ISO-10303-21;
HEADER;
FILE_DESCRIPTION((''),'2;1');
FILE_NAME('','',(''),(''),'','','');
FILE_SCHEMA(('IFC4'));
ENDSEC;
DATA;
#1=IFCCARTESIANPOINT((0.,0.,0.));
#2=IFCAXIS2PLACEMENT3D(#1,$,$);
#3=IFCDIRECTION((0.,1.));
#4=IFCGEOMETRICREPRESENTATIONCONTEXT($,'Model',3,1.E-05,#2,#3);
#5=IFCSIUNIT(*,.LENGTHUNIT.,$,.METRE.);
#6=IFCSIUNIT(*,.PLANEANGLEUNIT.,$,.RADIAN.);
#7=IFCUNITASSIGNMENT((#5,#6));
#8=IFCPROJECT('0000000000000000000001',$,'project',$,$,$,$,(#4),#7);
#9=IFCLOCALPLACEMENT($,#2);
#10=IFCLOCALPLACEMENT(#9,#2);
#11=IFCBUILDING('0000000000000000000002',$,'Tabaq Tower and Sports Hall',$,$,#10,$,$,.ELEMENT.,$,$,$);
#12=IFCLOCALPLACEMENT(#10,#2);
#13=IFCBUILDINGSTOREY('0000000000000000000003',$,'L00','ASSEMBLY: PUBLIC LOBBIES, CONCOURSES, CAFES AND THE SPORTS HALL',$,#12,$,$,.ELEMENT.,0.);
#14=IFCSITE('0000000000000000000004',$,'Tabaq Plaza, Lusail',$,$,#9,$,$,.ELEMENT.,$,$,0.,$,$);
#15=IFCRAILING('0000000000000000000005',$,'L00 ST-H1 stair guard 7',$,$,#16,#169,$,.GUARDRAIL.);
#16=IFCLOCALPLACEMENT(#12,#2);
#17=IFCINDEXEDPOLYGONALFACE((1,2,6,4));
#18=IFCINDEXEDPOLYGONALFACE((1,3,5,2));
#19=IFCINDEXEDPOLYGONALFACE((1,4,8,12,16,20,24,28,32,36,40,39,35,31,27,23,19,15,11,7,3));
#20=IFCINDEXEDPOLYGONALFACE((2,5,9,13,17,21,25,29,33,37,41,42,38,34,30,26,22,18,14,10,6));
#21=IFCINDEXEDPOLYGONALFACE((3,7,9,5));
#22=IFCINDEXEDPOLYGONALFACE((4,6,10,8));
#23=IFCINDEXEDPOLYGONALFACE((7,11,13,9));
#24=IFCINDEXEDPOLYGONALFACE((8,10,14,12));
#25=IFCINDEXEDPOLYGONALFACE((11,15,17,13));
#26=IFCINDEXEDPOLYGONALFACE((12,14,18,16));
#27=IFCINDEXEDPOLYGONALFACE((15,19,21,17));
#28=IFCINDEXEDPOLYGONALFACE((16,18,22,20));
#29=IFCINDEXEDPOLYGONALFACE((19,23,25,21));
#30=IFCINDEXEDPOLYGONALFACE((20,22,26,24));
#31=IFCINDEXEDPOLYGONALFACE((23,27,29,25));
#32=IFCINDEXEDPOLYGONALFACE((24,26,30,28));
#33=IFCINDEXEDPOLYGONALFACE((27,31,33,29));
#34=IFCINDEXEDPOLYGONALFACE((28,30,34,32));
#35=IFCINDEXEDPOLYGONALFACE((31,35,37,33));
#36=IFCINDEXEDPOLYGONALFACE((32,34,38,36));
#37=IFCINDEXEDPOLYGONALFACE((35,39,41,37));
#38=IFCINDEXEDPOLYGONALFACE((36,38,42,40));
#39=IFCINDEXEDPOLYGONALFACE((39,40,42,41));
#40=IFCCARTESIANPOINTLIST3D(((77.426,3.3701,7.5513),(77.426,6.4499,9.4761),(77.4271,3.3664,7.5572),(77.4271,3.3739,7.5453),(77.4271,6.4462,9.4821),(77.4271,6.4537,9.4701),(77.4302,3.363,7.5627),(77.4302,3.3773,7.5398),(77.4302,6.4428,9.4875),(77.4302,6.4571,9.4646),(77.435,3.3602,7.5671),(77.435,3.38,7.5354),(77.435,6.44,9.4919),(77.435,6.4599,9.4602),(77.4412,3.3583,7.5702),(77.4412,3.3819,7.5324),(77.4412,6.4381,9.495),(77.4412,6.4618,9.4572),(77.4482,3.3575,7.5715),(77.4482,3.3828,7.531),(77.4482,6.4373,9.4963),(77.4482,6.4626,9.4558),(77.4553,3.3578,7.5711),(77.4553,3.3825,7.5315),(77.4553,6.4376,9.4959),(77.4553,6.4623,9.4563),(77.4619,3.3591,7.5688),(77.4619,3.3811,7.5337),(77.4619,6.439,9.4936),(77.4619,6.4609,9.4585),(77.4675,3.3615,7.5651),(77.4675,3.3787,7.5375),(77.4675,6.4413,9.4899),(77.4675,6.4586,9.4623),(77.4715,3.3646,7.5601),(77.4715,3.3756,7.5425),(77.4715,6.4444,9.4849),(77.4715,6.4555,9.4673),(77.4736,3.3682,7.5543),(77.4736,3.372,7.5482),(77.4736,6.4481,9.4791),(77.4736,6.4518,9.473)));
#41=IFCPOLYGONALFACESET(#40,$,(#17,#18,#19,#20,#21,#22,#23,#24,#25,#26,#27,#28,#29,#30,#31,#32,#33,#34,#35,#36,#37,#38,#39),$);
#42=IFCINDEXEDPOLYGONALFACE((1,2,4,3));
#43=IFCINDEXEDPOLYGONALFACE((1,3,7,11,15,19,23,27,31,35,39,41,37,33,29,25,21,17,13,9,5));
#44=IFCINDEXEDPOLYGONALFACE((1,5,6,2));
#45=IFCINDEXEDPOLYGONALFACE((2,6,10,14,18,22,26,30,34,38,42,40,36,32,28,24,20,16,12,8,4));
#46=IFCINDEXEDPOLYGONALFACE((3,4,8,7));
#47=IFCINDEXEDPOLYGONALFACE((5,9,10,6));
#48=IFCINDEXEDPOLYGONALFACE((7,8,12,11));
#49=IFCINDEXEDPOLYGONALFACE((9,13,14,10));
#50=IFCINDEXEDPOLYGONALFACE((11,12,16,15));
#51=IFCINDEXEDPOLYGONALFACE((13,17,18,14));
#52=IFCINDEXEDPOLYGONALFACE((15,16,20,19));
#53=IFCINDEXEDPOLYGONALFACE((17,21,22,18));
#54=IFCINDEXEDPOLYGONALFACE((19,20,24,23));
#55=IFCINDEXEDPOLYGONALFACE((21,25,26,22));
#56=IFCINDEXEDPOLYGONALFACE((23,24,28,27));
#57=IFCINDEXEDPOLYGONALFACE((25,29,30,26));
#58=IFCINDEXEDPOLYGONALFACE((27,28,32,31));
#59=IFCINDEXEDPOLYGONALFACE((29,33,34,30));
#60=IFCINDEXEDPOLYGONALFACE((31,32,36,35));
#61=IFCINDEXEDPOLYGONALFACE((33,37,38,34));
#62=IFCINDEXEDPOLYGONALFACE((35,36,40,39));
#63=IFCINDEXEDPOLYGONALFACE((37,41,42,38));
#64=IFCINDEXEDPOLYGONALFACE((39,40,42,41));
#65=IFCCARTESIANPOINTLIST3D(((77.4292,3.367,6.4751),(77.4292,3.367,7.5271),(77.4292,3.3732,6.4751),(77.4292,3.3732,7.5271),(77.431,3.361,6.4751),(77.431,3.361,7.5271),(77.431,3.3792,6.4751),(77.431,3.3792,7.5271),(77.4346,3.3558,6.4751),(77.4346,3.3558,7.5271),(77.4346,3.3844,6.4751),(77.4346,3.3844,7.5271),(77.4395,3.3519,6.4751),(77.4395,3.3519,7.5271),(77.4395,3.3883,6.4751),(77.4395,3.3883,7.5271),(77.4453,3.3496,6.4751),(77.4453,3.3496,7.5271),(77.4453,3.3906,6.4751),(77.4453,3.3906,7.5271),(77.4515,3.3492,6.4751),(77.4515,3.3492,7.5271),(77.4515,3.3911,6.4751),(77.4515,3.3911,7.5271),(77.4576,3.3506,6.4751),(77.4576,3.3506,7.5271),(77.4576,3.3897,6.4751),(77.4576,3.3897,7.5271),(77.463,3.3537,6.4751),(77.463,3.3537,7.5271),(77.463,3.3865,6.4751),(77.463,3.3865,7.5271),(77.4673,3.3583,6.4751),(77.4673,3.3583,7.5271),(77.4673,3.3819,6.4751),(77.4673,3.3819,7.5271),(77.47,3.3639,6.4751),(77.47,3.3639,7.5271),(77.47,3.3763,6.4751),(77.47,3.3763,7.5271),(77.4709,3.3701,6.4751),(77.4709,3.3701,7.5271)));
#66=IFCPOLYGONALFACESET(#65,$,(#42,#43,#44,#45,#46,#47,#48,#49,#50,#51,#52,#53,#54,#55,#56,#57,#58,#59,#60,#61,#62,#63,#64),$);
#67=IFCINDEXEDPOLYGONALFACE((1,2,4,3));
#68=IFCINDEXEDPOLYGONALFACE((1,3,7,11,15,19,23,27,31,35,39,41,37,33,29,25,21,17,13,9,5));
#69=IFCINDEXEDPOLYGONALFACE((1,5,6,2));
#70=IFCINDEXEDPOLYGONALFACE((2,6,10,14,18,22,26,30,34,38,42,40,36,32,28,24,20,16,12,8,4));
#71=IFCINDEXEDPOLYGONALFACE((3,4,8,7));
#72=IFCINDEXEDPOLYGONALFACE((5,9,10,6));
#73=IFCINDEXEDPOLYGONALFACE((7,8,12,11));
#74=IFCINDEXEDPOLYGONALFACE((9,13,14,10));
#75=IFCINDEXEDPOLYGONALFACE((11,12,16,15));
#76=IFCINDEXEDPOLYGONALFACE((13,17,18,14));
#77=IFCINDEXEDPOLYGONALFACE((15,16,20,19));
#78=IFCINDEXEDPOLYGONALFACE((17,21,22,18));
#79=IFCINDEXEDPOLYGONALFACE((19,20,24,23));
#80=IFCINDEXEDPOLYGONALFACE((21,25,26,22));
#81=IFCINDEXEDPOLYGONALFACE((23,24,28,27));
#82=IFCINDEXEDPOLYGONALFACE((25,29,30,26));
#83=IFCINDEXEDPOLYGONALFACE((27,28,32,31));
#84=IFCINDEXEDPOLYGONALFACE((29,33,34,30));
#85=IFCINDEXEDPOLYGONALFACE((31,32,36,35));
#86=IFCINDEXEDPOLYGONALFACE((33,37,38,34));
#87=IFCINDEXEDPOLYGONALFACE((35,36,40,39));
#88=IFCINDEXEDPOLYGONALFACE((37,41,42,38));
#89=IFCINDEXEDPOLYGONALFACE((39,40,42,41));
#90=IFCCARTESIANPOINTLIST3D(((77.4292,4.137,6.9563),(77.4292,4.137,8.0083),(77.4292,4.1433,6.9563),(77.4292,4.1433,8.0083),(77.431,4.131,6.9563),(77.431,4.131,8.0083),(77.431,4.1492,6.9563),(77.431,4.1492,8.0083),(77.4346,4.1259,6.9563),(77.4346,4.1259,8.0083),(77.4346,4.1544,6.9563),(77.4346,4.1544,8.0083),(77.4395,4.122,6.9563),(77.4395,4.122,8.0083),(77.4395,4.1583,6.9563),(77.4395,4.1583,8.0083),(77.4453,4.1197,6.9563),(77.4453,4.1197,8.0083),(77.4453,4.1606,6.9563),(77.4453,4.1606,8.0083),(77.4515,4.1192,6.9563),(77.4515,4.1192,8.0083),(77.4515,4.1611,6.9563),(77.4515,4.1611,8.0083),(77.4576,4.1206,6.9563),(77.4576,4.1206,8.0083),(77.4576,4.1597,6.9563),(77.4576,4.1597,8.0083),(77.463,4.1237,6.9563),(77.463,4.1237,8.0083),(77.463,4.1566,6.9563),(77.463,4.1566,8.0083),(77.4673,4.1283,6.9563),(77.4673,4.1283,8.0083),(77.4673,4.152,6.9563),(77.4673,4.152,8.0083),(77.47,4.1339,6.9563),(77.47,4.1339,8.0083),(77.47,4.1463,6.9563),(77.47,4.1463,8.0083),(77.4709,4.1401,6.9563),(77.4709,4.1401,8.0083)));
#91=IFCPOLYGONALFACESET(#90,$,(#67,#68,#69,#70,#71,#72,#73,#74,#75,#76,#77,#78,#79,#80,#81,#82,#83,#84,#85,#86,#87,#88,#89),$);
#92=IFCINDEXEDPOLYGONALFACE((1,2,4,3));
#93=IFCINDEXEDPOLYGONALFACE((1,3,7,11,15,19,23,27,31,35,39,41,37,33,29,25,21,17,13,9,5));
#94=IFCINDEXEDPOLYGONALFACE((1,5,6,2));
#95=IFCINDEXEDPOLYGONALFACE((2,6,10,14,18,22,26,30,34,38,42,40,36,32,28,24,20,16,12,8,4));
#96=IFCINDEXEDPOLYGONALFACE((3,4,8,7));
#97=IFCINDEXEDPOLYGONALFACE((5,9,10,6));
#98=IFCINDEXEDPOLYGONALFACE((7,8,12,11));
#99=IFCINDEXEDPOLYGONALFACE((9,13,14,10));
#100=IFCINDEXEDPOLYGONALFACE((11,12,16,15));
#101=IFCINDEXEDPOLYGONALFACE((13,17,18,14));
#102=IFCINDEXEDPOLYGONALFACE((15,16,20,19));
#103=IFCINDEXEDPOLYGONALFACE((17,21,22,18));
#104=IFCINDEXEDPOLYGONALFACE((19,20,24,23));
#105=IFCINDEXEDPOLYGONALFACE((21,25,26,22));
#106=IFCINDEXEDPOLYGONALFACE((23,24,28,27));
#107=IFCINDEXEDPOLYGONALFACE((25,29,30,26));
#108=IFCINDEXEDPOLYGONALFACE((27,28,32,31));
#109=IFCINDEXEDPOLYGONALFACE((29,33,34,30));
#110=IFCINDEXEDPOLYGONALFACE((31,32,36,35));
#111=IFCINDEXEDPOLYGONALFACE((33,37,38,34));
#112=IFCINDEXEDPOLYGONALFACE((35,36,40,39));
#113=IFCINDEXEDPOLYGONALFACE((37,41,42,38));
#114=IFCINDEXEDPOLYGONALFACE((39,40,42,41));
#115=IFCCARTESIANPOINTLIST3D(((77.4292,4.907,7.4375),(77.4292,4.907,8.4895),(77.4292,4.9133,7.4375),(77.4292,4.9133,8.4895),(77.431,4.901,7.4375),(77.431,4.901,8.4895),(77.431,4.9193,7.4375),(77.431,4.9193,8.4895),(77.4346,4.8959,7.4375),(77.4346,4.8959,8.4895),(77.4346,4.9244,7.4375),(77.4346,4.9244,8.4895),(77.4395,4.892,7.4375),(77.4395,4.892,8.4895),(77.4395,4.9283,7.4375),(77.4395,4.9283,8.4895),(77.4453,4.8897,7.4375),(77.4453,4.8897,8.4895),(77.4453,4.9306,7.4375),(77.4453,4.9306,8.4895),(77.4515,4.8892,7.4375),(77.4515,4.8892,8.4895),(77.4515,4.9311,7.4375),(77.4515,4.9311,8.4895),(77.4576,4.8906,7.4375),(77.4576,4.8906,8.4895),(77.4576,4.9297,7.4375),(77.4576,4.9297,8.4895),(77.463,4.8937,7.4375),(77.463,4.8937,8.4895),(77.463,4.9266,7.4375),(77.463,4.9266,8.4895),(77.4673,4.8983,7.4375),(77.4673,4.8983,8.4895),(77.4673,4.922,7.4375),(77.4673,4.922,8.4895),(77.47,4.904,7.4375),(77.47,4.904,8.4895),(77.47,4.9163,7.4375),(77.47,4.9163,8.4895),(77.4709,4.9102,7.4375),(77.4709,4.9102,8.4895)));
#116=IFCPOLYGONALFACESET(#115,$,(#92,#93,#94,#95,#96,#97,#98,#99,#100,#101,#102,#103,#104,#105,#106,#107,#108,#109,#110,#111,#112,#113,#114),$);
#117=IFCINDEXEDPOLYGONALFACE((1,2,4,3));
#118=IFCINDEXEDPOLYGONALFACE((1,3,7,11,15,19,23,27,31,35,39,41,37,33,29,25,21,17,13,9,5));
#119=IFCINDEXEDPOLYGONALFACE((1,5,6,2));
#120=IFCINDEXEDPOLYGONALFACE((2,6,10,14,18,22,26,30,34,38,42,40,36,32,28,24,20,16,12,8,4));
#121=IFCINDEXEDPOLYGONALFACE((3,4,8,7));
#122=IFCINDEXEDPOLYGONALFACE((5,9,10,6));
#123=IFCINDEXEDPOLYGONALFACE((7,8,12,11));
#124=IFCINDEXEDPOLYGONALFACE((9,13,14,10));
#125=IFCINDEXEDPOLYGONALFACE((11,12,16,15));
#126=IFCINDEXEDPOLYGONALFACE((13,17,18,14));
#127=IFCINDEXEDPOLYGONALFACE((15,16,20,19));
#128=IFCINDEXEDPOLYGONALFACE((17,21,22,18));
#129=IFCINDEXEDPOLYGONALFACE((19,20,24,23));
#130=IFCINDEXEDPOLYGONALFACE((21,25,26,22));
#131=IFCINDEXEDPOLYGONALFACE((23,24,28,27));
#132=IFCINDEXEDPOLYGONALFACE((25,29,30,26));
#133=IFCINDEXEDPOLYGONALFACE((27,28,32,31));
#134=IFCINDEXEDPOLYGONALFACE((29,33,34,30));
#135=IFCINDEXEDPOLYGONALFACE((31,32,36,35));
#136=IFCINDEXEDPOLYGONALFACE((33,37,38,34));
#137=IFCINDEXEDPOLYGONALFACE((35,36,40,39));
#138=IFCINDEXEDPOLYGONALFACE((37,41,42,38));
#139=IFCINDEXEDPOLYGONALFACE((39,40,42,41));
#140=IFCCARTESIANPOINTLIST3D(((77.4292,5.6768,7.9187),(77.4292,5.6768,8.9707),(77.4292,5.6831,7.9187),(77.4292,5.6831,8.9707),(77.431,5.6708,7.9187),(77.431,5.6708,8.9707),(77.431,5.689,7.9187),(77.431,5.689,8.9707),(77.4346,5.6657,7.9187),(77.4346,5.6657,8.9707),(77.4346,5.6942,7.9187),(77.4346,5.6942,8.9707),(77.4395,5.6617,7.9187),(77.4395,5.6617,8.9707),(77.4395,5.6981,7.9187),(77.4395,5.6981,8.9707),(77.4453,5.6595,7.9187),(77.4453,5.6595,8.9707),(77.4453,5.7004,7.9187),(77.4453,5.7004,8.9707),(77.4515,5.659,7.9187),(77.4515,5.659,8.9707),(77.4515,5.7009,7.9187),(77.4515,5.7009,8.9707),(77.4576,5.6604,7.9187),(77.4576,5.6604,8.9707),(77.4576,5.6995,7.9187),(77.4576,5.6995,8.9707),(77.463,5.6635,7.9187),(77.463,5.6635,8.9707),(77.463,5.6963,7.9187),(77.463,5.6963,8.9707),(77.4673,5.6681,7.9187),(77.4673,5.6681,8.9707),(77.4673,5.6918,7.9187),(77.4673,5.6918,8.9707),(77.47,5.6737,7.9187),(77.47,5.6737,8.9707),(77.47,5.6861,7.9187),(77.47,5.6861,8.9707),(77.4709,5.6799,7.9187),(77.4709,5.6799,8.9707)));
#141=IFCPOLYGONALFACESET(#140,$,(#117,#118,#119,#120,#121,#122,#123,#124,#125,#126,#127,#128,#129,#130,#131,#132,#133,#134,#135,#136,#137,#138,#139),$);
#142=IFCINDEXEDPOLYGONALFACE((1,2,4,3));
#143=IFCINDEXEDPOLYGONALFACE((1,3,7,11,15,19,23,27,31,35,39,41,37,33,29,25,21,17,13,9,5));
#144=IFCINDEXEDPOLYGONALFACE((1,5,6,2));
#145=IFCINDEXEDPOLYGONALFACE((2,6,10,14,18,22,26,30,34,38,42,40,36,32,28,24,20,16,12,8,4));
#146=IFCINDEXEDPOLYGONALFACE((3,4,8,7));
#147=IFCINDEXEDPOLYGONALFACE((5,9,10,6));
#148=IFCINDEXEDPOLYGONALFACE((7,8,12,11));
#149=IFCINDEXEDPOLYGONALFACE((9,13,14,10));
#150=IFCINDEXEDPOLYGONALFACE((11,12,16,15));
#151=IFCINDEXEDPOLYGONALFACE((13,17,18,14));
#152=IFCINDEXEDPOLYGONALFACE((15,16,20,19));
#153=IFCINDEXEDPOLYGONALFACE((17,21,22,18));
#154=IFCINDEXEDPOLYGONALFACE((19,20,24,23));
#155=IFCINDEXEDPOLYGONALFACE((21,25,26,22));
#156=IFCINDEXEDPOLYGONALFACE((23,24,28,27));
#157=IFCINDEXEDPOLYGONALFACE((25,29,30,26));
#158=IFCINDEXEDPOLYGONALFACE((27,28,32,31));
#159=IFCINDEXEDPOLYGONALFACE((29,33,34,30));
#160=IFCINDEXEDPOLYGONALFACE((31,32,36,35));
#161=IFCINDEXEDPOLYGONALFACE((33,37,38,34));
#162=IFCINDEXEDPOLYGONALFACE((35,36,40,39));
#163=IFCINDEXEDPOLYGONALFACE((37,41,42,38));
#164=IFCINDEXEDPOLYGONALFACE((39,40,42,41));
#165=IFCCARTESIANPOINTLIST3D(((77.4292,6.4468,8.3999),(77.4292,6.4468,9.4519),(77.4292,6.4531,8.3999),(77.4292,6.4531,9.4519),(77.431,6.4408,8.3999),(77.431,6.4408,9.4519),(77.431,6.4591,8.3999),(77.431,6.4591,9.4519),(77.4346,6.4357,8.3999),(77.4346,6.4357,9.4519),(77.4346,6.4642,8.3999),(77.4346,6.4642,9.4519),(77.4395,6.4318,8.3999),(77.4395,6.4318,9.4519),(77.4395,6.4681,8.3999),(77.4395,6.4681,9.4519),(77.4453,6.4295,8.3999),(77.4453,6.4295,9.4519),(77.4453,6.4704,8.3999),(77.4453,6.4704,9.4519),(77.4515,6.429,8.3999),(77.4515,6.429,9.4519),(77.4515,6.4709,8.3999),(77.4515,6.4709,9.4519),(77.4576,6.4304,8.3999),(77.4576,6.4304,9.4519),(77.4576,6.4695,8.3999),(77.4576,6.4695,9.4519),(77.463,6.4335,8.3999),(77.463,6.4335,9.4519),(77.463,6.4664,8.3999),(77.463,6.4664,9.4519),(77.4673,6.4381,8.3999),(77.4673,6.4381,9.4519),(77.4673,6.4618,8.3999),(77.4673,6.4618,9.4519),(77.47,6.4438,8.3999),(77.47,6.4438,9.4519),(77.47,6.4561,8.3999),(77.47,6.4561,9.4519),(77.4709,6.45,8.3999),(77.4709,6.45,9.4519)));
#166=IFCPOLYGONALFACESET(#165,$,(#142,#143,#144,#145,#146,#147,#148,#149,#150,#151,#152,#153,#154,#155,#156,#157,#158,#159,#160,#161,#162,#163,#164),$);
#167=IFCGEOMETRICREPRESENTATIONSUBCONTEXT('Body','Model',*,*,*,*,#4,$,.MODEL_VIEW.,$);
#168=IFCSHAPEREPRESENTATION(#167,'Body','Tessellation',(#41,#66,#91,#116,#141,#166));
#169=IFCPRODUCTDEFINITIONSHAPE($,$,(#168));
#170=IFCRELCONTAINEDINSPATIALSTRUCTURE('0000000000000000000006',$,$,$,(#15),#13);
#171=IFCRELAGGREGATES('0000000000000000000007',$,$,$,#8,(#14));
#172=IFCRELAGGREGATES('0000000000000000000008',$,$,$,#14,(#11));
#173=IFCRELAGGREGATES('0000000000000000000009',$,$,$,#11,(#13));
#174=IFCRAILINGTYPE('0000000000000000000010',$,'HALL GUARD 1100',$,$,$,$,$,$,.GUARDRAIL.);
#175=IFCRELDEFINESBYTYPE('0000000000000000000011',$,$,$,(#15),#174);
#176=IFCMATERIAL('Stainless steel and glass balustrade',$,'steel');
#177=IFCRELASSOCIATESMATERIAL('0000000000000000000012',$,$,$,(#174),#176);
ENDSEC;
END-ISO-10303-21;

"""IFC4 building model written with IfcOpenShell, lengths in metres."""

from ifc_helpers import new_model, si_unit, direction, frame, origin, origin_2d, place, context, subcontext, project, spatial, circle, extrude, material, type_object, element, save


model = new_model("IFC4")

# Units and contexts
model_context = context("Model", 3, precision=1e-05, world=origin(), true_north=direction((0.0, 1.0)))
body_context = subcontext(model_context, "Body", "Model", "MODEL_VIEW")
ifc_project = project(units=[si_unit("LENGTHUNIT", "METRE"), si_unit("PLANEANGLEUNIT", "RADIAN")], contexts=[model_context])

# Site, building, storey
site_placement = place(None, origin())
site = spatial("IfcSite", under=ifc_project, at=site_placement, Name="Tabaq Plaza, Lusail", CompositionType="ELEMENT", RefElevation=0.0)
building_placement = place(site_placement, origin())
building = spatial("IfcBuilding", under=site, at=building_placement, Name="Tabaq Tower and Sports Hall", CompositionType="ELEMENT")
storey_placement = place(building_placement, origin())
storey = spatial("IfcBuildingStorey", under=building, at=storey_placement, Name="L00", Description="ASSEMBLY: PUBLIC LOBBIES, CONCOURSES, CAFES AND THE SPORTS HALL", CompositionType="ELEMENT", Elevation=0.0)

# Railing
ifc_material_1 = material(Name="Stainless steel and glass balustrade", Category="steel")
railing_type_1 = type_object("IfcRailingType", Name="HALL GUARD 1100", PredefinedType="GUARDRAIL", material=ifc_material_1)
railing_1_placement = place(storey_placement, frame((77.45, 3.3701, 6.4751)))
element("IfcRailing", 1, at=railing_1_placement, inside=storey, type_object=railing_type_1, Name="L00 ST-H1 stair guard 7", PredefinedType="GUARDRAIL", context=body_context, shape_type="SweptSolid", body=[
    extrude(circle(Radius=0.0239, at=origin_2d()), frame((0.0, 0.0, 1.0762), z_axis=(0.0, 0.84801, 0.529981), x_axis=(-1.0, 0.0, 0.0)), (0.0, 0.0, 1.0), 3.6318),
    extrude(circle(Radius=0.021, at=origin_2d()), origin(), (0.0, 0.0, 1.0), 1.052),
    extrude(circle(Radius=0.021, at=origin_2d()), frame((0.0, 0.77, 0.4812)), (0.0, 0.0, 1.0), 1.052),
    extrude(circle(Radius=0.021, at=origin_2d()), frame((0.0, 1.54, 0.9624)), (0.0, 0.0, 1.0), 1.052),
    extrude(circle(Radius=0.021, at=origin_2d()), frame((0.0, 2.3098, 1.4436)), (0.0, 0.0, 1.0), 1.052),
    extrude(circle(Radius=0.021, at=origin_2d()), frame((0.0, 3.0798, 1.9248)), (0.0, 0.0, 1.0), 1.052),
])

save(model, "model.ifc")
